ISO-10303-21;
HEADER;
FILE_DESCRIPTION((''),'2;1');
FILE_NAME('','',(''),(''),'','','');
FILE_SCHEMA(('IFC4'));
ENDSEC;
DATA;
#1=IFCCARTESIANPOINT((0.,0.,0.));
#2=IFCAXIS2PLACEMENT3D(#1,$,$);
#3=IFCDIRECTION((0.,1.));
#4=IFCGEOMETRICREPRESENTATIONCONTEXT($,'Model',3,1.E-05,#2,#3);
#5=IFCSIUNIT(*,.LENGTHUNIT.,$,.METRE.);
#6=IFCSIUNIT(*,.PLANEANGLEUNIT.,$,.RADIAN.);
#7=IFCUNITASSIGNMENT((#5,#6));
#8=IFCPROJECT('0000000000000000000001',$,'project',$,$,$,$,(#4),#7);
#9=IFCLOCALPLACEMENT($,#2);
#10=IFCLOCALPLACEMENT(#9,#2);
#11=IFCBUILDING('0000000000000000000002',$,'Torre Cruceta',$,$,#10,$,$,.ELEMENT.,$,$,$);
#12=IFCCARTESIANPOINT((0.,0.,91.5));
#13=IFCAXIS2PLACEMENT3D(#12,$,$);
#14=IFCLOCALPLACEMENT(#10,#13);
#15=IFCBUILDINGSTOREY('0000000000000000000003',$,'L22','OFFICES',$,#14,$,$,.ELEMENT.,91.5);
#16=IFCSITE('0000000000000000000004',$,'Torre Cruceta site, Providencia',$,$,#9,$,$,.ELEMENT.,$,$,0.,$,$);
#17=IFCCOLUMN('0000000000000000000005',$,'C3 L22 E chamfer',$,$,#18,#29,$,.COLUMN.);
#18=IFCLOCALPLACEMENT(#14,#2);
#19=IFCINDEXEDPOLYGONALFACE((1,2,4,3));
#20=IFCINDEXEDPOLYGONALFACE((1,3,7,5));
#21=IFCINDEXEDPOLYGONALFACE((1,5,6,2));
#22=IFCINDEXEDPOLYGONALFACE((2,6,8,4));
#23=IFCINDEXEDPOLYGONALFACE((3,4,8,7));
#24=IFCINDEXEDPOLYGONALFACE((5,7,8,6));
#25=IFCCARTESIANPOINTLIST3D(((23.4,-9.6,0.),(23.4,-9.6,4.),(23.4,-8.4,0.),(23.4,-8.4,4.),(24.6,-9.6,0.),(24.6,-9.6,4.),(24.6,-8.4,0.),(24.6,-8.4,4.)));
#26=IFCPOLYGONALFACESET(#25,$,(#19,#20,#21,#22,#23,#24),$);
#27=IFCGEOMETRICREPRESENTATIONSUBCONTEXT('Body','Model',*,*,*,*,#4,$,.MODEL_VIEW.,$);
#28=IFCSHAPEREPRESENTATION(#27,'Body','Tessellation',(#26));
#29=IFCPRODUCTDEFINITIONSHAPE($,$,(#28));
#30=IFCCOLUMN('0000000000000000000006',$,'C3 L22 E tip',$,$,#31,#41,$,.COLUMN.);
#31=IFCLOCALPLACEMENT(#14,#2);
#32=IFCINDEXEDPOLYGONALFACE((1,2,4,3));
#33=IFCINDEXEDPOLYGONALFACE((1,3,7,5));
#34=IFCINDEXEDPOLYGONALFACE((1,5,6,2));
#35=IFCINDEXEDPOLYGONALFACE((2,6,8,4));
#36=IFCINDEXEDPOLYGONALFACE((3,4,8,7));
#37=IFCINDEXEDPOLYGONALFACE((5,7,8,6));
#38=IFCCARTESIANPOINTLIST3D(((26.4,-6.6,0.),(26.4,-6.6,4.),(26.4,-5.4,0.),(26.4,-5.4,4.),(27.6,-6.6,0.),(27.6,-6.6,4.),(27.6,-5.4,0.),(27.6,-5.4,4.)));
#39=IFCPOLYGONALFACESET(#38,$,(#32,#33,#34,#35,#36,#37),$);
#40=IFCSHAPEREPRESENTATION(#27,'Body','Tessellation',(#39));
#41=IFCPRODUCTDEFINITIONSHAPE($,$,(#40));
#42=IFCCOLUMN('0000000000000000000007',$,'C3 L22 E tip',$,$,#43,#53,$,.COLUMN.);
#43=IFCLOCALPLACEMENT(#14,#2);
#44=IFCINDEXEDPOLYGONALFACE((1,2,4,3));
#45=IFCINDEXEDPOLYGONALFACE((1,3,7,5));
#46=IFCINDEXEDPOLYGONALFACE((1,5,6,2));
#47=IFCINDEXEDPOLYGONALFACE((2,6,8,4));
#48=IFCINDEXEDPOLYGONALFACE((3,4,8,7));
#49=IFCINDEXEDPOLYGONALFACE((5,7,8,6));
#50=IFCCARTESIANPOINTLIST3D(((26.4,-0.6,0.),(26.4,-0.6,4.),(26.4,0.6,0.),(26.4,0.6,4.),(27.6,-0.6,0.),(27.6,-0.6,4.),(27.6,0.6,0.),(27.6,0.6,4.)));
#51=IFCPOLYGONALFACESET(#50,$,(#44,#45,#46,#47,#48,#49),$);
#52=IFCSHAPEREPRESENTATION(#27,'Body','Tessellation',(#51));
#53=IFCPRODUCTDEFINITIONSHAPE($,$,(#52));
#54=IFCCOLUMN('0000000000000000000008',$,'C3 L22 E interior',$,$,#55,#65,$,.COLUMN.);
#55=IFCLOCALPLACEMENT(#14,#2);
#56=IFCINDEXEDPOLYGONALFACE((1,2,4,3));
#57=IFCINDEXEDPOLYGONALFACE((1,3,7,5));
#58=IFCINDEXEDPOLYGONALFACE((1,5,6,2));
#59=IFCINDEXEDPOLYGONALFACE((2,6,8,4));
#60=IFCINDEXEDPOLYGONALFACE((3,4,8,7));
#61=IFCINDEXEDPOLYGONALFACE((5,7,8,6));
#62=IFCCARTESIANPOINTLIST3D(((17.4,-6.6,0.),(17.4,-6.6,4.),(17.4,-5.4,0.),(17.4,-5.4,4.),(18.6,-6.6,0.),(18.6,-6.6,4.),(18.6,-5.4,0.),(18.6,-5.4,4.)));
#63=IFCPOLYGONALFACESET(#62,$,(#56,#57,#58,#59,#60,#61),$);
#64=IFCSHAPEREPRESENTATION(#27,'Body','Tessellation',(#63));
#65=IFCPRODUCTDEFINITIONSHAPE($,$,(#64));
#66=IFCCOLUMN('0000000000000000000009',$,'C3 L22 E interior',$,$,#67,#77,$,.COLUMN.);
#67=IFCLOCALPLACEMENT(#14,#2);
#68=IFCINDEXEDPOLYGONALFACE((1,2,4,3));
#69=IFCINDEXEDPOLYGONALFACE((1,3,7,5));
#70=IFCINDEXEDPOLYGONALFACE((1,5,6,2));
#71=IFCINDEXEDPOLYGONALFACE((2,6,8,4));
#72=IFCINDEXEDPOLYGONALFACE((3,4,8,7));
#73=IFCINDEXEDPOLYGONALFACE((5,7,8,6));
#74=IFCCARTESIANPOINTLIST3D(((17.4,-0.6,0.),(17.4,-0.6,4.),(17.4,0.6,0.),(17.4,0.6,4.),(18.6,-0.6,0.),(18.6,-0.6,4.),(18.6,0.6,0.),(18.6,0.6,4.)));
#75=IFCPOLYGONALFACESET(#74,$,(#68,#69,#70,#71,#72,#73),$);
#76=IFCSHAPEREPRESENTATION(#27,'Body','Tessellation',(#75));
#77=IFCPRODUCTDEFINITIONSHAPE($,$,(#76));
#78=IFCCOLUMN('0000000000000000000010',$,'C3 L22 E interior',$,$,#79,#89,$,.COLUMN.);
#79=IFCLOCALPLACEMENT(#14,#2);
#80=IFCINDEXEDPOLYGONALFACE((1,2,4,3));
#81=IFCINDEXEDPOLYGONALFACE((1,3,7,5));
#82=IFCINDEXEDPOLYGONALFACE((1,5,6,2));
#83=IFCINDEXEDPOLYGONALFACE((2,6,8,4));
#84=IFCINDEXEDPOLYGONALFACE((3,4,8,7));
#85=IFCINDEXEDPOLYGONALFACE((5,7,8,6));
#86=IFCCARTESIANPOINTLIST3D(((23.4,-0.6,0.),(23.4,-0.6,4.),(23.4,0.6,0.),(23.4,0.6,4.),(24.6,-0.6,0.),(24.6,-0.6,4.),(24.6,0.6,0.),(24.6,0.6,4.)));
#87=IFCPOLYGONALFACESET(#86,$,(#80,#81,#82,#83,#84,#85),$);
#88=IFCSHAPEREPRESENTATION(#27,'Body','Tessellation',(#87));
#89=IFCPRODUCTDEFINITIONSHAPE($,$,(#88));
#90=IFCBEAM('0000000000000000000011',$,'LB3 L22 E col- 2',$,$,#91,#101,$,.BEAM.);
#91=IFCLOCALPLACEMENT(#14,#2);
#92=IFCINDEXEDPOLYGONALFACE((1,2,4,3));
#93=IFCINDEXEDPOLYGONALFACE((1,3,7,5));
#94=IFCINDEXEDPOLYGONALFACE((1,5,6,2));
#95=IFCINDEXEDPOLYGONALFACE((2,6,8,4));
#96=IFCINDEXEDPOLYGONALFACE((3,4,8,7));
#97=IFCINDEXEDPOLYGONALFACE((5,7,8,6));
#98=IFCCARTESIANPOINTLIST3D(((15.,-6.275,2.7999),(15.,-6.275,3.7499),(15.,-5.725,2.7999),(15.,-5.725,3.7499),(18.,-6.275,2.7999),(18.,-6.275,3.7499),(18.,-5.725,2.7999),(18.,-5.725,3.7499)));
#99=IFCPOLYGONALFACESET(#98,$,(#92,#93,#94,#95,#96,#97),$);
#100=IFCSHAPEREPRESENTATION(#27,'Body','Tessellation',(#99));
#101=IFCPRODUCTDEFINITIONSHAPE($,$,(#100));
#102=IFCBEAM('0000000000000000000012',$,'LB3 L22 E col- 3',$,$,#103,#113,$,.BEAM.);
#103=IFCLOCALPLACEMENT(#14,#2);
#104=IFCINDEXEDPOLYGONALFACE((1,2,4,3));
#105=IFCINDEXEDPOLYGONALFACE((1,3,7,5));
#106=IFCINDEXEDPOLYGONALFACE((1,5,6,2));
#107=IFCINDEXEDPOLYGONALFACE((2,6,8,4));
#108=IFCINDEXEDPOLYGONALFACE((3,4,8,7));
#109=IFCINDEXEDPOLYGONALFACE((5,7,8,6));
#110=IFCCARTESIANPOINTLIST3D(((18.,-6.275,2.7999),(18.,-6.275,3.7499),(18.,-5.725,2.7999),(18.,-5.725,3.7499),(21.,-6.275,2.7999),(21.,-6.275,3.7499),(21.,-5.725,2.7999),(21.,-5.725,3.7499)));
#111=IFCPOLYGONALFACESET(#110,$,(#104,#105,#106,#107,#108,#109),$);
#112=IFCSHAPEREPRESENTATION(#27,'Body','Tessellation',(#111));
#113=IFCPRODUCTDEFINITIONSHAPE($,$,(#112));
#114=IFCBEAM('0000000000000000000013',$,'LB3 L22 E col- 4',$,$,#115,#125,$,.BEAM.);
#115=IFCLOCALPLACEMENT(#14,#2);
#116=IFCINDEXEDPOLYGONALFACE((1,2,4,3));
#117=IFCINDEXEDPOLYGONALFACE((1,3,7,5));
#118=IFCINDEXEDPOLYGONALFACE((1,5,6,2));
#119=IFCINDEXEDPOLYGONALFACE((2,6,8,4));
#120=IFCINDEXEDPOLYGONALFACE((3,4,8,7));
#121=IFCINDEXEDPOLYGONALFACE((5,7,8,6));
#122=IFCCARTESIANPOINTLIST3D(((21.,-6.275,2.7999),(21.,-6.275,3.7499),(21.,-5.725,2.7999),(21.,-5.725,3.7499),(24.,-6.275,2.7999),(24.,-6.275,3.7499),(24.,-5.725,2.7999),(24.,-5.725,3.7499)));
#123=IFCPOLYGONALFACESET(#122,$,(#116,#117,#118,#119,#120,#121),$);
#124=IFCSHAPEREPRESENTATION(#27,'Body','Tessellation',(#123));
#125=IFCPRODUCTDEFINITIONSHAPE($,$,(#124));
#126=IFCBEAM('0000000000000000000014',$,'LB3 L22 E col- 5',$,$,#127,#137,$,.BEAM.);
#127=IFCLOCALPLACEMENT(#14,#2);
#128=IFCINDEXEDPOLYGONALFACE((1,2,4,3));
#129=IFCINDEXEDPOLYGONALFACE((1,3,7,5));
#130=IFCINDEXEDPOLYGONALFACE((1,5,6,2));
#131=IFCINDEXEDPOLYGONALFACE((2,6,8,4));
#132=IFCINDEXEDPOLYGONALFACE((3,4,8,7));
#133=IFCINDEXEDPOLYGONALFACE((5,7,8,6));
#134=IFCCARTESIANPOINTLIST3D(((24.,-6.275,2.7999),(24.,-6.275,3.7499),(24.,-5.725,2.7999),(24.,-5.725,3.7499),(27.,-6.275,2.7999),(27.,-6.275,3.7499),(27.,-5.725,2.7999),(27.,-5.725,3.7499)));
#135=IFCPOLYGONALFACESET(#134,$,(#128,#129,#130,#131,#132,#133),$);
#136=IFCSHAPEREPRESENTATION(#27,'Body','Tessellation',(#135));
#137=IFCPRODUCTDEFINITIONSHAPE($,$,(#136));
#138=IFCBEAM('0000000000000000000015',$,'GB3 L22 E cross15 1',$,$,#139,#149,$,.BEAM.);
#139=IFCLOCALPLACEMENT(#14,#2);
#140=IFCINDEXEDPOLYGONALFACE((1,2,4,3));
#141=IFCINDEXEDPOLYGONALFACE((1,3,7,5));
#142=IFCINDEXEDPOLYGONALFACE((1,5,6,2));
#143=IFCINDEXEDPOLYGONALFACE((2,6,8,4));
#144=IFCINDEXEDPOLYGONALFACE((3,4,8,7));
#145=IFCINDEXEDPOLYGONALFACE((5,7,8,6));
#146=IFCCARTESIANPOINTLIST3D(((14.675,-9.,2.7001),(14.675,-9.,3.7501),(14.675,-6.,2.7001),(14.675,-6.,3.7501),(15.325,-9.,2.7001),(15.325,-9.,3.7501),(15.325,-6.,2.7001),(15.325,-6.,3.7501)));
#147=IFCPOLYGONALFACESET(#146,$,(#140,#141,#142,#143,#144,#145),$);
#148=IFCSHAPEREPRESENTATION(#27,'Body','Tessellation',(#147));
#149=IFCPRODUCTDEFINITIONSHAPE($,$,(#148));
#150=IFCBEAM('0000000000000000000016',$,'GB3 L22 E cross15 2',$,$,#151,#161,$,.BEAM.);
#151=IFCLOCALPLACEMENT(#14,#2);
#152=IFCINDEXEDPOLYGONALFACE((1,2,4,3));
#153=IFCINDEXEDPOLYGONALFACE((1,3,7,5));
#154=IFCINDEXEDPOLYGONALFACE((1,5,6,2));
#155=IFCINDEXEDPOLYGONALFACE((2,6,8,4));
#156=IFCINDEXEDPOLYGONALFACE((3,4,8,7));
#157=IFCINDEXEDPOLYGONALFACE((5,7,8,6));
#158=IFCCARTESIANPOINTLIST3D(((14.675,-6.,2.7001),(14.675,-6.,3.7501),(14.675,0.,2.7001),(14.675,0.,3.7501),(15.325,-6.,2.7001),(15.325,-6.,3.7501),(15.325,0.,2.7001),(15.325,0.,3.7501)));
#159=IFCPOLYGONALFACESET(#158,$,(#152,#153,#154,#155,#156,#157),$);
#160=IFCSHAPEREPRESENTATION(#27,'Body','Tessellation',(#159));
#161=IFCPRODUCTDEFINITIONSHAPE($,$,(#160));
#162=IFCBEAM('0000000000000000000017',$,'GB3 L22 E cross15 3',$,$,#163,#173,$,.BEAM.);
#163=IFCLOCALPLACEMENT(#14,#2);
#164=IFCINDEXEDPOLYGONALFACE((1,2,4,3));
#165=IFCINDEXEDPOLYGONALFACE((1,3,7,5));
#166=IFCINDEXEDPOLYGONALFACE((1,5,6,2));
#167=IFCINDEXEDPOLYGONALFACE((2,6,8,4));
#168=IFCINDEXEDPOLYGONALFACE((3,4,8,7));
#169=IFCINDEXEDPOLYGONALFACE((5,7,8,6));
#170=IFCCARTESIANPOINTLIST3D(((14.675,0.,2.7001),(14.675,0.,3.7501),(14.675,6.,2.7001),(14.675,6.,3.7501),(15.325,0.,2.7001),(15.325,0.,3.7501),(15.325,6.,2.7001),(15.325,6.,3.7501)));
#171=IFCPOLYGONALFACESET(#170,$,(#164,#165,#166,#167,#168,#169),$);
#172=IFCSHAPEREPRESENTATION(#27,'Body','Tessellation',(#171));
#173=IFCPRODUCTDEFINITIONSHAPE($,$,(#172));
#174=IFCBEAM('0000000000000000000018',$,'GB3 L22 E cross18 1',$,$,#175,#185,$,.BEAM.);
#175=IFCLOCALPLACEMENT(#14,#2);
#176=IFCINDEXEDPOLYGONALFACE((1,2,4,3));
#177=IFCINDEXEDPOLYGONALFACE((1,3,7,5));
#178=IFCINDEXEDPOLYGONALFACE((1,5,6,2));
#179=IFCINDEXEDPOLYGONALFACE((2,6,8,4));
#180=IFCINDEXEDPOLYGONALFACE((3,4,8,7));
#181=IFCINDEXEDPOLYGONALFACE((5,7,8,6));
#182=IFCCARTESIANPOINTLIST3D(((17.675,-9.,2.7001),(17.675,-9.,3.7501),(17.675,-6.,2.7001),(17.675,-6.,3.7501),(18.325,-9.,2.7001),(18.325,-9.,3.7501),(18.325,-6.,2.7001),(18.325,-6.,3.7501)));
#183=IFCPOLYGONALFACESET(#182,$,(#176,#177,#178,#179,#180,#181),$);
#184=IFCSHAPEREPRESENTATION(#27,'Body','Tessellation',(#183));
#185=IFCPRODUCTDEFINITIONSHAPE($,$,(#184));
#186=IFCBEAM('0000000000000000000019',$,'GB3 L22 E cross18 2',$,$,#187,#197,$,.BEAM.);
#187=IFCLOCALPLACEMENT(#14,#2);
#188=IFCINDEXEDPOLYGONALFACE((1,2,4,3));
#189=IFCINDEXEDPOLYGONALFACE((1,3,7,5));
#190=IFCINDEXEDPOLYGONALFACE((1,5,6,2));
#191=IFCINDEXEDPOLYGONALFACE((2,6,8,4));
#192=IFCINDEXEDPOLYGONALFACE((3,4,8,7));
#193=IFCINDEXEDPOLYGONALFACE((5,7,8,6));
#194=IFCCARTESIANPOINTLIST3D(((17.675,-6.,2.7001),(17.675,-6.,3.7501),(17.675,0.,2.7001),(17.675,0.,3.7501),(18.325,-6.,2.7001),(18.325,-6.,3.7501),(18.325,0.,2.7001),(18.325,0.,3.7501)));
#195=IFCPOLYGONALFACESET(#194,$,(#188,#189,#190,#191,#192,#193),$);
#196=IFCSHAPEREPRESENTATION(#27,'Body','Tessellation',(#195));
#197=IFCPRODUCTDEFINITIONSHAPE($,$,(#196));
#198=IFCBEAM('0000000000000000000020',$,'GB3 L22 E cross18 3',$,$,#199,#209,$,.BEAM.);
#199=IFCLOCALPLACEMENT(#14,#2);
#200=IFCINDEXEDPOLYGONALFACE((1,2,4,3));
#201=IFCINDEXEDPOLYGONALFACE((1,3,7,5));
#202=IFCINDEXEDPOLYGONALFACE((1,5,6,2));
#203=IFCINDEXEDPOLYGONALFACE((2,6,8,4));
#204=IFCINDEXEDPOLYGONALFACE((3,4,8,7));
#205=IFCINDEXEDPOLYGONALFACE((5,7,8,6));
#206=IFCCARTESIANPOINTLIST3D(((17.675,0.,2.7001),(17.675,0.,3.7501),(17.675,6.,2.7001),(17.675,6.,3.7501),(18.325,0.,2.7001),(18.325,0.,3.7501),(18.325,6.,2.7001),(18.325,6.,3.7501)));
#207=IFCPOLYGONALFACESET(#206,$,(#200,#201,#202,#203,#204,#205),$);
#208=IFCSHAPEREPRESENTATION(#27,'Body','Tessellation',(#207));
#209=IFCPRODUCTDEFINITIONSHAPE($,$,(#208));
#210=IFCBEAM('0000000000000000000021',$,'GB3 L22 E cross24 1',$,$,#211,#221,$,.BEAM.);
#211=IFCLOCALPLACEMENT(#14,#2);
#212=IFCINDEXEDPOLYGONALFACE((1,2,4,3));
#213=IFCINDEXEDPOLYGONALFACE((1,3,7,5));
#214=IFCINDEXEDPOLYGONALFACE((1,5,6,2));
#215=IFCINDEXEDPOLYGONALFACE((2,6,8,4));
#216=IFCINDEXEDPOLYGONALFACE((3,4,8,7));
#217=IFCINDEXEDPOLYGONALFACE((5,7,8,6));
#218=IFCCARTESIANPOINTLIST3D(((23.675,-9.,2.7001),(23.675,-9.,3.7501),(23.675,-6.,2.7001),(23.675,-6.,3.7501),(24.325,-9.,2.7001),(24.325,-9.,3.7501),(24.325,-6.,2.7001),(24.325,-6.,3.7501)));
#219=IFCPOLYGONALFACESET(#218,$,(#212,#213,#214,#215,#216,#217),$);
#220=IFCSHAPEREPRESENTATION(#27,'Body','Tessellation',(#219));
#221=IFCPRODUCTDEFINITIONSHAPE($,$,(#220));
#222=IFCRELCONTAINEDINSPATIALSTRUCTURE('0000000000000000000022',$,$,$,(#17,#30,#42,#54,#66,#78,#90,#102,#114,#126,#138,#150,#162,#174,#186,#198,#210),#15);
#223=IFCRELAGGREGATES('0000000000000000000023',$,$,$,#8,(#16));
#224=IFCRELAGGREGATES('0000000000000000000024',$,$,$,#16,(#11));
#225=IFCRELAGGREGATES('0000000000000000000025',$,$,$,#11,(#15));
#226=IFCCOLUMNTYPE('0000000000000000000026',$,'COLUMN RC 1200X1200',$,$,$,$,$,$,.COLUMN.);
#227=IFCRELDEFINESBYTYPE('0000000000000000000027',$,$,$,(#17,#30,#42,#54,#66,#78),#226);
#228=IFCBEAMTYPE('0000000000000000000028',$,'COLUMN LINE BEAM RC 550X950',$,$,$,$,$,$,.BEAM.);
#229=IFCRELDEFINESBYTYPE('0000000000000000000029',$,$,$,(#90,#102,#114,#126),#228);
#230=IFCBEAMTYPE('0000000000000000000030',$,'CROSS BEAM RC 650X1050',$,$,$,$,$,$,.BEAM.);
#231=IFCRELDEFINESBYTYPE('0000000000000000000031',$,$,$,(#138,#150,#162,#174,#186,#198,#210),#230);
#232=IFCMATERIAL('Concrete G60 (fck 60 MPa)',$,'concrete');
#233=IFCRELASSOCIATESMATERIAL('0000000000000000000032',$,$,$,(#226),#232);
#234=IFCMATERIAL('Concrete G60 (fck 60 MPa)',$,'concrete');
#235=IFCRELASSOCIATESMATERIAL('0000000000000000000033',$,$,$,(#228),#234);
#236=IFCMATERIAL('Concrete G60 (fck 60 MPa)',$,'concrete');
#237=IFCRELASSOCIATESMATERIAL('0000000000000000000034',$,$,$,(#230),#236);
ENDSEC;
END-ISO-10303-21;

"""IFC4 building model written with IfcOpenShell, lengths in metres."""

from ifc_helpers import new_model, si_unit, direction, frame, origin, origin_2d, place, context, subcontext, project, spatial, rectangle, extrude, material, material_profile, profile_set, type_object, element, save


model = new_model("IFC4")

# Units and contexts
model_context = context("Model", 3, precision=1e-05, world=origin(), true_north=direction((0.0, 1.0)))
body_context = subcontext(model_context, "Body", "Model", "MODEL_VIEW")
ifc_project = project(units=[si_unit("LENGTHUNIT", "METRE"), si_unit("PLANEANGLEUNIT", "RADIAN")], contexts=[model_context])

# Site, building, storey
site_placement = place(None, origin())
site = spatial("IfcSite", under=ifc_project, at=site_placement, Name="Torre Cruceta site, Providencia", CompositionType="ELEMENT", RefElevation=0.0)
building_placement = place(site_placement, origin())
building = spatial("IfcBuilding", under=site, at=building_placement, Name="Torre Cruceta", CompositionType="ELEMENT")
storey_placement = place(building_placement, frame((0.0, 0.0, 91.5)))
storey = spatial("IfcBuildingStorey", under=building, at=storey_placement, Name="L22", Description="OFFICES", CompositionType="ELEMENT", Elevation=91.5)

# Columns
ifc_material_1 = material(Name="Concrete G60 (fck 60 MPa)", Category="concrete")
ifc_material_profile_1 = material_profile(ifc_material_1, rectangle(XDim=1.2, YDim=1.2, at=origin_2d()), Name="RC 1200X1200")
ifc_profile_set_1 = profile_set([ifc_material_profile_1], Name="Concrete G60 (fck 60 MPa)")
column_type = type_object("IfcColumnType", Name="COLUMN RC 1200X1200", PredefinedType="COLUMN", material=ifc_profile_set_1)
for number, where, z_axis, x_axis, name in (
    (1, (24.0, -9.0, 0.0), (0.0, 0.0, 1.0), (1.0, 0.0, 0.0), "C3 L22 E chamfer"),
    (2, (27.0, -6.0, 0.0), (0.0, 0.0, 1.0), (1.0, 0.0, 0.0), "C3 L22 E tip"),
    (3, (27.0, 0.0, 0.0), (0.0, 0.0, 1.0), (1.0, 0.0, 0.0), "C3 L22 E tip"),
    (4, (18.0, -6.0, 0.0), (0.0, 0.0, 1.0), (1.0, 0.0, 0.0), "C3 L22 E interior"),
    (5, (18.0, 0.0, 0.0), (0.0, 0.0, 1.0), (1.0, 0.0, 0.0), "C3 L22 E interior"),
    (6, (24.0, 0.0, 0.0), (0.0, 0.0, 1.0), (1.0, 0.0, 0.0), "C3 L22 E interior"),
):
    element("IfcColumn", number, at=place(storey_placement, frame(where, z_axis=z_axis, x_axis=x_axis)), inside=storey, type_object=column_type, Name=name, PredefinedType="COLUMN", context=body_context, shape_type="SweptSolid", body=[
        extrude(rectangle(XDim=1.2, YDim=1.2, at=origin_2d()), origin(), (0.0, 0.0, 1.0), 4.0),
    ])

# Beams
ifc_material_2 = material(Name="Concrete G60 (fck 60 MPa)", Category="concrete")
ifc_material_profile_2 = material_profile(ifc_material_2, rectangle(XDim=0.55, YDim=0.95, at=origin_2d()), Name="RC 550X950")
ifc_profile_set_2 = profile_set([ifc_material_profile_2], Name="Concrete G60 (fck 60 MPa)")
beam_type_1 = type_object("IfcBeamType", Name="COLUMN LINE BEAM RC 550X950", PredefinedType="BEAM", material=ifc_profile_set_2)
for number, where, z_axis, x_axis, name in (
    (7, (15.0, -6.0, 3.2749), (1.0, 0.0, 0.0), (0.0, 1.0, 0.0), "LB3 L22 E col- 2"),
    (8, (18.0, -6.0, 3.2749), (1.0, 0.0, 0.0), (0.0, 1.0, 0.0), "LB3 L22 E col- 3"),
    (9, (21.0, -6.0, 3.2749), (1.0, 0.0, 0.0), (0.0, 1.0, 0.0), "LB3 L22 E col- 4"),
    (10, (24.0, -6.0, 3.2749), (1.0, 0.0, 0.0), (0.0, 1.0, 0.0), "LB3 L22 E col- 5"),
):
    element("IfcBeam", number, at=place(storey_placement, frame(where, z_axis=z_axis, x_axis=x_axis)), inside=storey, type_object=beam_type_1, Name=name, PredefinedType="BEAM", context=body_context, shape_type="SweptSolid", body=[
        extrude(rectangle(XDim=0.55, YDim=0.95, at=origin_2d()), origin(), (0.0, 0.0, 1.0), 3.0),
    ])
ifc_material_3 = material(Name="Concrete G60 (fck 60 MPa)", Category="concrete")
ifc_material_profile_3 = material_profile(ifc_material_3, rectangle(XDim=0.6499, YDim=1.05, at=origin_2d()), Name="RC 650X1050")
ifc_profile_set_3 = profile_set([ifc_material_profile_3], Name="Concrete G60 (fck 60 MPa)")
beam_type_2 = type_object("IfcBeamType", Name="CROSS BEAM RC 650X1050", PredefinedType="BEAM", material=ifc_profile_set_3)
beam_1_placement = place(storey_placement, frame((15.0, -9.0, 3.2251), z_axis=(0.0, 1.0, 0.0), x_axis=(-1.0, 0.0, 0.0)))
element("IfcBeam", 11, at=beam_1_placement, inside=storey, type_object=beam_type_2, Name="GB3 L22 E cross15 1", PredefinedType="BEAM", context=body_context, shape_type="SweptSolid", body=[
    extrude(rectangle(XDim=0.6499, YDim=1.05, at=origin_2d()), origin(), (0.0, 0.0, 1.0), 3.0),
])
for number, where, z_axis, x_axis, name in (
    (12, (15.0, -6.0, 3.2251), (0.0, 1.0, 0.0), (-1.0, 0.0, 0.0), "GB3 L22 E cross15 2"),
    (13, (15.0, 0.0, 3.2251), (0.0, 1.0, 0.0), (-1.0, 0.0, 0.0), "GB3 L22 E cross15 3"),
):
    element("IfcBeam", number, at=place(storey_placement, frame(where, z_axis=z_axis, x_axis=x_axis)), inside=storey, type_object=beam_type_2, Name=name, PredefinedType="BEAM", context=body_context, shape_type="SweptSolid", body=[
        extrude(rectangle(XDim=0.6499, YDim=1.05, at=origin_2d()), origin(), (0.0, 0.0, 1.0), 6.0),
    ])
beam_2_placement = place(storey_placement, frame((18.0, -9.0, 3.2251), z_axis=(0.0, 1.0, 0.0), x_axis=(-1.0, 0.0, 0.0)))
element("IfcBeam", 14, at=beam_2_placement, inside=storey, type_object=beam_type_2, Name="GB3 L22 E cross18 1", PredefinedType="BEAM", context=body_context, shape_type="SweptSolid", body=[
    extrude(rectangle(XDim=0.6499, YDim=1.05, at=origin_2d()), origin(), (0.0, 0.0, 1.0), 3.0),
])
for number, where, z_axis, x_axis, name in (
    (15, (18.0, -6.0, 3.2251), (0.0, 1.0, 0.0), (-1.0, 0.0, 0.0), "GB3 L22 E cross18 2"),
    (16, (18.0, 0.0, 3.2251), (0.0, 1.0, 0.0), (-1.0, 0.0, 0.0), "GB3 L22 E cross18 3"),
):
    element("IfcBeam", number, at=place(storey_placement, frame(where, z_axis=z_axis, x_axis=x_axis)), inside=storey, type_object=beam_type_2, Name=name, PredefinedType="BEAM", context=body_context, shape_type="SweptSolid", body=[
        extrude(rectangle(XDim=0.6499, YDim=1.05, at=origin_2d()), origin(), (0.0, 0.0, 1.0), 6.0),
    ])
beam_3_placement = place(storey_placement, frame((24.0, -9.0, 3.2251), z_axis=(0.0, 1.0, 0.0), x_axis=(-1.0, 0.0, 0.0)))
element("IfcBeam", 17, at=beam_3_placement, inside=storey, type_object=beam_type_2, Name="GB3 L22 E cross24 1", PredefinedType="BEAM", context=body_context, shape_type="SweptSolid", body=[
    extrude(rectangle(XDim=0.6499, YDim=1.05, at=origin_2d()), origin(), (0.0, 0.0, 1.0), 3.0),
])

save(model, "model.ifc")
